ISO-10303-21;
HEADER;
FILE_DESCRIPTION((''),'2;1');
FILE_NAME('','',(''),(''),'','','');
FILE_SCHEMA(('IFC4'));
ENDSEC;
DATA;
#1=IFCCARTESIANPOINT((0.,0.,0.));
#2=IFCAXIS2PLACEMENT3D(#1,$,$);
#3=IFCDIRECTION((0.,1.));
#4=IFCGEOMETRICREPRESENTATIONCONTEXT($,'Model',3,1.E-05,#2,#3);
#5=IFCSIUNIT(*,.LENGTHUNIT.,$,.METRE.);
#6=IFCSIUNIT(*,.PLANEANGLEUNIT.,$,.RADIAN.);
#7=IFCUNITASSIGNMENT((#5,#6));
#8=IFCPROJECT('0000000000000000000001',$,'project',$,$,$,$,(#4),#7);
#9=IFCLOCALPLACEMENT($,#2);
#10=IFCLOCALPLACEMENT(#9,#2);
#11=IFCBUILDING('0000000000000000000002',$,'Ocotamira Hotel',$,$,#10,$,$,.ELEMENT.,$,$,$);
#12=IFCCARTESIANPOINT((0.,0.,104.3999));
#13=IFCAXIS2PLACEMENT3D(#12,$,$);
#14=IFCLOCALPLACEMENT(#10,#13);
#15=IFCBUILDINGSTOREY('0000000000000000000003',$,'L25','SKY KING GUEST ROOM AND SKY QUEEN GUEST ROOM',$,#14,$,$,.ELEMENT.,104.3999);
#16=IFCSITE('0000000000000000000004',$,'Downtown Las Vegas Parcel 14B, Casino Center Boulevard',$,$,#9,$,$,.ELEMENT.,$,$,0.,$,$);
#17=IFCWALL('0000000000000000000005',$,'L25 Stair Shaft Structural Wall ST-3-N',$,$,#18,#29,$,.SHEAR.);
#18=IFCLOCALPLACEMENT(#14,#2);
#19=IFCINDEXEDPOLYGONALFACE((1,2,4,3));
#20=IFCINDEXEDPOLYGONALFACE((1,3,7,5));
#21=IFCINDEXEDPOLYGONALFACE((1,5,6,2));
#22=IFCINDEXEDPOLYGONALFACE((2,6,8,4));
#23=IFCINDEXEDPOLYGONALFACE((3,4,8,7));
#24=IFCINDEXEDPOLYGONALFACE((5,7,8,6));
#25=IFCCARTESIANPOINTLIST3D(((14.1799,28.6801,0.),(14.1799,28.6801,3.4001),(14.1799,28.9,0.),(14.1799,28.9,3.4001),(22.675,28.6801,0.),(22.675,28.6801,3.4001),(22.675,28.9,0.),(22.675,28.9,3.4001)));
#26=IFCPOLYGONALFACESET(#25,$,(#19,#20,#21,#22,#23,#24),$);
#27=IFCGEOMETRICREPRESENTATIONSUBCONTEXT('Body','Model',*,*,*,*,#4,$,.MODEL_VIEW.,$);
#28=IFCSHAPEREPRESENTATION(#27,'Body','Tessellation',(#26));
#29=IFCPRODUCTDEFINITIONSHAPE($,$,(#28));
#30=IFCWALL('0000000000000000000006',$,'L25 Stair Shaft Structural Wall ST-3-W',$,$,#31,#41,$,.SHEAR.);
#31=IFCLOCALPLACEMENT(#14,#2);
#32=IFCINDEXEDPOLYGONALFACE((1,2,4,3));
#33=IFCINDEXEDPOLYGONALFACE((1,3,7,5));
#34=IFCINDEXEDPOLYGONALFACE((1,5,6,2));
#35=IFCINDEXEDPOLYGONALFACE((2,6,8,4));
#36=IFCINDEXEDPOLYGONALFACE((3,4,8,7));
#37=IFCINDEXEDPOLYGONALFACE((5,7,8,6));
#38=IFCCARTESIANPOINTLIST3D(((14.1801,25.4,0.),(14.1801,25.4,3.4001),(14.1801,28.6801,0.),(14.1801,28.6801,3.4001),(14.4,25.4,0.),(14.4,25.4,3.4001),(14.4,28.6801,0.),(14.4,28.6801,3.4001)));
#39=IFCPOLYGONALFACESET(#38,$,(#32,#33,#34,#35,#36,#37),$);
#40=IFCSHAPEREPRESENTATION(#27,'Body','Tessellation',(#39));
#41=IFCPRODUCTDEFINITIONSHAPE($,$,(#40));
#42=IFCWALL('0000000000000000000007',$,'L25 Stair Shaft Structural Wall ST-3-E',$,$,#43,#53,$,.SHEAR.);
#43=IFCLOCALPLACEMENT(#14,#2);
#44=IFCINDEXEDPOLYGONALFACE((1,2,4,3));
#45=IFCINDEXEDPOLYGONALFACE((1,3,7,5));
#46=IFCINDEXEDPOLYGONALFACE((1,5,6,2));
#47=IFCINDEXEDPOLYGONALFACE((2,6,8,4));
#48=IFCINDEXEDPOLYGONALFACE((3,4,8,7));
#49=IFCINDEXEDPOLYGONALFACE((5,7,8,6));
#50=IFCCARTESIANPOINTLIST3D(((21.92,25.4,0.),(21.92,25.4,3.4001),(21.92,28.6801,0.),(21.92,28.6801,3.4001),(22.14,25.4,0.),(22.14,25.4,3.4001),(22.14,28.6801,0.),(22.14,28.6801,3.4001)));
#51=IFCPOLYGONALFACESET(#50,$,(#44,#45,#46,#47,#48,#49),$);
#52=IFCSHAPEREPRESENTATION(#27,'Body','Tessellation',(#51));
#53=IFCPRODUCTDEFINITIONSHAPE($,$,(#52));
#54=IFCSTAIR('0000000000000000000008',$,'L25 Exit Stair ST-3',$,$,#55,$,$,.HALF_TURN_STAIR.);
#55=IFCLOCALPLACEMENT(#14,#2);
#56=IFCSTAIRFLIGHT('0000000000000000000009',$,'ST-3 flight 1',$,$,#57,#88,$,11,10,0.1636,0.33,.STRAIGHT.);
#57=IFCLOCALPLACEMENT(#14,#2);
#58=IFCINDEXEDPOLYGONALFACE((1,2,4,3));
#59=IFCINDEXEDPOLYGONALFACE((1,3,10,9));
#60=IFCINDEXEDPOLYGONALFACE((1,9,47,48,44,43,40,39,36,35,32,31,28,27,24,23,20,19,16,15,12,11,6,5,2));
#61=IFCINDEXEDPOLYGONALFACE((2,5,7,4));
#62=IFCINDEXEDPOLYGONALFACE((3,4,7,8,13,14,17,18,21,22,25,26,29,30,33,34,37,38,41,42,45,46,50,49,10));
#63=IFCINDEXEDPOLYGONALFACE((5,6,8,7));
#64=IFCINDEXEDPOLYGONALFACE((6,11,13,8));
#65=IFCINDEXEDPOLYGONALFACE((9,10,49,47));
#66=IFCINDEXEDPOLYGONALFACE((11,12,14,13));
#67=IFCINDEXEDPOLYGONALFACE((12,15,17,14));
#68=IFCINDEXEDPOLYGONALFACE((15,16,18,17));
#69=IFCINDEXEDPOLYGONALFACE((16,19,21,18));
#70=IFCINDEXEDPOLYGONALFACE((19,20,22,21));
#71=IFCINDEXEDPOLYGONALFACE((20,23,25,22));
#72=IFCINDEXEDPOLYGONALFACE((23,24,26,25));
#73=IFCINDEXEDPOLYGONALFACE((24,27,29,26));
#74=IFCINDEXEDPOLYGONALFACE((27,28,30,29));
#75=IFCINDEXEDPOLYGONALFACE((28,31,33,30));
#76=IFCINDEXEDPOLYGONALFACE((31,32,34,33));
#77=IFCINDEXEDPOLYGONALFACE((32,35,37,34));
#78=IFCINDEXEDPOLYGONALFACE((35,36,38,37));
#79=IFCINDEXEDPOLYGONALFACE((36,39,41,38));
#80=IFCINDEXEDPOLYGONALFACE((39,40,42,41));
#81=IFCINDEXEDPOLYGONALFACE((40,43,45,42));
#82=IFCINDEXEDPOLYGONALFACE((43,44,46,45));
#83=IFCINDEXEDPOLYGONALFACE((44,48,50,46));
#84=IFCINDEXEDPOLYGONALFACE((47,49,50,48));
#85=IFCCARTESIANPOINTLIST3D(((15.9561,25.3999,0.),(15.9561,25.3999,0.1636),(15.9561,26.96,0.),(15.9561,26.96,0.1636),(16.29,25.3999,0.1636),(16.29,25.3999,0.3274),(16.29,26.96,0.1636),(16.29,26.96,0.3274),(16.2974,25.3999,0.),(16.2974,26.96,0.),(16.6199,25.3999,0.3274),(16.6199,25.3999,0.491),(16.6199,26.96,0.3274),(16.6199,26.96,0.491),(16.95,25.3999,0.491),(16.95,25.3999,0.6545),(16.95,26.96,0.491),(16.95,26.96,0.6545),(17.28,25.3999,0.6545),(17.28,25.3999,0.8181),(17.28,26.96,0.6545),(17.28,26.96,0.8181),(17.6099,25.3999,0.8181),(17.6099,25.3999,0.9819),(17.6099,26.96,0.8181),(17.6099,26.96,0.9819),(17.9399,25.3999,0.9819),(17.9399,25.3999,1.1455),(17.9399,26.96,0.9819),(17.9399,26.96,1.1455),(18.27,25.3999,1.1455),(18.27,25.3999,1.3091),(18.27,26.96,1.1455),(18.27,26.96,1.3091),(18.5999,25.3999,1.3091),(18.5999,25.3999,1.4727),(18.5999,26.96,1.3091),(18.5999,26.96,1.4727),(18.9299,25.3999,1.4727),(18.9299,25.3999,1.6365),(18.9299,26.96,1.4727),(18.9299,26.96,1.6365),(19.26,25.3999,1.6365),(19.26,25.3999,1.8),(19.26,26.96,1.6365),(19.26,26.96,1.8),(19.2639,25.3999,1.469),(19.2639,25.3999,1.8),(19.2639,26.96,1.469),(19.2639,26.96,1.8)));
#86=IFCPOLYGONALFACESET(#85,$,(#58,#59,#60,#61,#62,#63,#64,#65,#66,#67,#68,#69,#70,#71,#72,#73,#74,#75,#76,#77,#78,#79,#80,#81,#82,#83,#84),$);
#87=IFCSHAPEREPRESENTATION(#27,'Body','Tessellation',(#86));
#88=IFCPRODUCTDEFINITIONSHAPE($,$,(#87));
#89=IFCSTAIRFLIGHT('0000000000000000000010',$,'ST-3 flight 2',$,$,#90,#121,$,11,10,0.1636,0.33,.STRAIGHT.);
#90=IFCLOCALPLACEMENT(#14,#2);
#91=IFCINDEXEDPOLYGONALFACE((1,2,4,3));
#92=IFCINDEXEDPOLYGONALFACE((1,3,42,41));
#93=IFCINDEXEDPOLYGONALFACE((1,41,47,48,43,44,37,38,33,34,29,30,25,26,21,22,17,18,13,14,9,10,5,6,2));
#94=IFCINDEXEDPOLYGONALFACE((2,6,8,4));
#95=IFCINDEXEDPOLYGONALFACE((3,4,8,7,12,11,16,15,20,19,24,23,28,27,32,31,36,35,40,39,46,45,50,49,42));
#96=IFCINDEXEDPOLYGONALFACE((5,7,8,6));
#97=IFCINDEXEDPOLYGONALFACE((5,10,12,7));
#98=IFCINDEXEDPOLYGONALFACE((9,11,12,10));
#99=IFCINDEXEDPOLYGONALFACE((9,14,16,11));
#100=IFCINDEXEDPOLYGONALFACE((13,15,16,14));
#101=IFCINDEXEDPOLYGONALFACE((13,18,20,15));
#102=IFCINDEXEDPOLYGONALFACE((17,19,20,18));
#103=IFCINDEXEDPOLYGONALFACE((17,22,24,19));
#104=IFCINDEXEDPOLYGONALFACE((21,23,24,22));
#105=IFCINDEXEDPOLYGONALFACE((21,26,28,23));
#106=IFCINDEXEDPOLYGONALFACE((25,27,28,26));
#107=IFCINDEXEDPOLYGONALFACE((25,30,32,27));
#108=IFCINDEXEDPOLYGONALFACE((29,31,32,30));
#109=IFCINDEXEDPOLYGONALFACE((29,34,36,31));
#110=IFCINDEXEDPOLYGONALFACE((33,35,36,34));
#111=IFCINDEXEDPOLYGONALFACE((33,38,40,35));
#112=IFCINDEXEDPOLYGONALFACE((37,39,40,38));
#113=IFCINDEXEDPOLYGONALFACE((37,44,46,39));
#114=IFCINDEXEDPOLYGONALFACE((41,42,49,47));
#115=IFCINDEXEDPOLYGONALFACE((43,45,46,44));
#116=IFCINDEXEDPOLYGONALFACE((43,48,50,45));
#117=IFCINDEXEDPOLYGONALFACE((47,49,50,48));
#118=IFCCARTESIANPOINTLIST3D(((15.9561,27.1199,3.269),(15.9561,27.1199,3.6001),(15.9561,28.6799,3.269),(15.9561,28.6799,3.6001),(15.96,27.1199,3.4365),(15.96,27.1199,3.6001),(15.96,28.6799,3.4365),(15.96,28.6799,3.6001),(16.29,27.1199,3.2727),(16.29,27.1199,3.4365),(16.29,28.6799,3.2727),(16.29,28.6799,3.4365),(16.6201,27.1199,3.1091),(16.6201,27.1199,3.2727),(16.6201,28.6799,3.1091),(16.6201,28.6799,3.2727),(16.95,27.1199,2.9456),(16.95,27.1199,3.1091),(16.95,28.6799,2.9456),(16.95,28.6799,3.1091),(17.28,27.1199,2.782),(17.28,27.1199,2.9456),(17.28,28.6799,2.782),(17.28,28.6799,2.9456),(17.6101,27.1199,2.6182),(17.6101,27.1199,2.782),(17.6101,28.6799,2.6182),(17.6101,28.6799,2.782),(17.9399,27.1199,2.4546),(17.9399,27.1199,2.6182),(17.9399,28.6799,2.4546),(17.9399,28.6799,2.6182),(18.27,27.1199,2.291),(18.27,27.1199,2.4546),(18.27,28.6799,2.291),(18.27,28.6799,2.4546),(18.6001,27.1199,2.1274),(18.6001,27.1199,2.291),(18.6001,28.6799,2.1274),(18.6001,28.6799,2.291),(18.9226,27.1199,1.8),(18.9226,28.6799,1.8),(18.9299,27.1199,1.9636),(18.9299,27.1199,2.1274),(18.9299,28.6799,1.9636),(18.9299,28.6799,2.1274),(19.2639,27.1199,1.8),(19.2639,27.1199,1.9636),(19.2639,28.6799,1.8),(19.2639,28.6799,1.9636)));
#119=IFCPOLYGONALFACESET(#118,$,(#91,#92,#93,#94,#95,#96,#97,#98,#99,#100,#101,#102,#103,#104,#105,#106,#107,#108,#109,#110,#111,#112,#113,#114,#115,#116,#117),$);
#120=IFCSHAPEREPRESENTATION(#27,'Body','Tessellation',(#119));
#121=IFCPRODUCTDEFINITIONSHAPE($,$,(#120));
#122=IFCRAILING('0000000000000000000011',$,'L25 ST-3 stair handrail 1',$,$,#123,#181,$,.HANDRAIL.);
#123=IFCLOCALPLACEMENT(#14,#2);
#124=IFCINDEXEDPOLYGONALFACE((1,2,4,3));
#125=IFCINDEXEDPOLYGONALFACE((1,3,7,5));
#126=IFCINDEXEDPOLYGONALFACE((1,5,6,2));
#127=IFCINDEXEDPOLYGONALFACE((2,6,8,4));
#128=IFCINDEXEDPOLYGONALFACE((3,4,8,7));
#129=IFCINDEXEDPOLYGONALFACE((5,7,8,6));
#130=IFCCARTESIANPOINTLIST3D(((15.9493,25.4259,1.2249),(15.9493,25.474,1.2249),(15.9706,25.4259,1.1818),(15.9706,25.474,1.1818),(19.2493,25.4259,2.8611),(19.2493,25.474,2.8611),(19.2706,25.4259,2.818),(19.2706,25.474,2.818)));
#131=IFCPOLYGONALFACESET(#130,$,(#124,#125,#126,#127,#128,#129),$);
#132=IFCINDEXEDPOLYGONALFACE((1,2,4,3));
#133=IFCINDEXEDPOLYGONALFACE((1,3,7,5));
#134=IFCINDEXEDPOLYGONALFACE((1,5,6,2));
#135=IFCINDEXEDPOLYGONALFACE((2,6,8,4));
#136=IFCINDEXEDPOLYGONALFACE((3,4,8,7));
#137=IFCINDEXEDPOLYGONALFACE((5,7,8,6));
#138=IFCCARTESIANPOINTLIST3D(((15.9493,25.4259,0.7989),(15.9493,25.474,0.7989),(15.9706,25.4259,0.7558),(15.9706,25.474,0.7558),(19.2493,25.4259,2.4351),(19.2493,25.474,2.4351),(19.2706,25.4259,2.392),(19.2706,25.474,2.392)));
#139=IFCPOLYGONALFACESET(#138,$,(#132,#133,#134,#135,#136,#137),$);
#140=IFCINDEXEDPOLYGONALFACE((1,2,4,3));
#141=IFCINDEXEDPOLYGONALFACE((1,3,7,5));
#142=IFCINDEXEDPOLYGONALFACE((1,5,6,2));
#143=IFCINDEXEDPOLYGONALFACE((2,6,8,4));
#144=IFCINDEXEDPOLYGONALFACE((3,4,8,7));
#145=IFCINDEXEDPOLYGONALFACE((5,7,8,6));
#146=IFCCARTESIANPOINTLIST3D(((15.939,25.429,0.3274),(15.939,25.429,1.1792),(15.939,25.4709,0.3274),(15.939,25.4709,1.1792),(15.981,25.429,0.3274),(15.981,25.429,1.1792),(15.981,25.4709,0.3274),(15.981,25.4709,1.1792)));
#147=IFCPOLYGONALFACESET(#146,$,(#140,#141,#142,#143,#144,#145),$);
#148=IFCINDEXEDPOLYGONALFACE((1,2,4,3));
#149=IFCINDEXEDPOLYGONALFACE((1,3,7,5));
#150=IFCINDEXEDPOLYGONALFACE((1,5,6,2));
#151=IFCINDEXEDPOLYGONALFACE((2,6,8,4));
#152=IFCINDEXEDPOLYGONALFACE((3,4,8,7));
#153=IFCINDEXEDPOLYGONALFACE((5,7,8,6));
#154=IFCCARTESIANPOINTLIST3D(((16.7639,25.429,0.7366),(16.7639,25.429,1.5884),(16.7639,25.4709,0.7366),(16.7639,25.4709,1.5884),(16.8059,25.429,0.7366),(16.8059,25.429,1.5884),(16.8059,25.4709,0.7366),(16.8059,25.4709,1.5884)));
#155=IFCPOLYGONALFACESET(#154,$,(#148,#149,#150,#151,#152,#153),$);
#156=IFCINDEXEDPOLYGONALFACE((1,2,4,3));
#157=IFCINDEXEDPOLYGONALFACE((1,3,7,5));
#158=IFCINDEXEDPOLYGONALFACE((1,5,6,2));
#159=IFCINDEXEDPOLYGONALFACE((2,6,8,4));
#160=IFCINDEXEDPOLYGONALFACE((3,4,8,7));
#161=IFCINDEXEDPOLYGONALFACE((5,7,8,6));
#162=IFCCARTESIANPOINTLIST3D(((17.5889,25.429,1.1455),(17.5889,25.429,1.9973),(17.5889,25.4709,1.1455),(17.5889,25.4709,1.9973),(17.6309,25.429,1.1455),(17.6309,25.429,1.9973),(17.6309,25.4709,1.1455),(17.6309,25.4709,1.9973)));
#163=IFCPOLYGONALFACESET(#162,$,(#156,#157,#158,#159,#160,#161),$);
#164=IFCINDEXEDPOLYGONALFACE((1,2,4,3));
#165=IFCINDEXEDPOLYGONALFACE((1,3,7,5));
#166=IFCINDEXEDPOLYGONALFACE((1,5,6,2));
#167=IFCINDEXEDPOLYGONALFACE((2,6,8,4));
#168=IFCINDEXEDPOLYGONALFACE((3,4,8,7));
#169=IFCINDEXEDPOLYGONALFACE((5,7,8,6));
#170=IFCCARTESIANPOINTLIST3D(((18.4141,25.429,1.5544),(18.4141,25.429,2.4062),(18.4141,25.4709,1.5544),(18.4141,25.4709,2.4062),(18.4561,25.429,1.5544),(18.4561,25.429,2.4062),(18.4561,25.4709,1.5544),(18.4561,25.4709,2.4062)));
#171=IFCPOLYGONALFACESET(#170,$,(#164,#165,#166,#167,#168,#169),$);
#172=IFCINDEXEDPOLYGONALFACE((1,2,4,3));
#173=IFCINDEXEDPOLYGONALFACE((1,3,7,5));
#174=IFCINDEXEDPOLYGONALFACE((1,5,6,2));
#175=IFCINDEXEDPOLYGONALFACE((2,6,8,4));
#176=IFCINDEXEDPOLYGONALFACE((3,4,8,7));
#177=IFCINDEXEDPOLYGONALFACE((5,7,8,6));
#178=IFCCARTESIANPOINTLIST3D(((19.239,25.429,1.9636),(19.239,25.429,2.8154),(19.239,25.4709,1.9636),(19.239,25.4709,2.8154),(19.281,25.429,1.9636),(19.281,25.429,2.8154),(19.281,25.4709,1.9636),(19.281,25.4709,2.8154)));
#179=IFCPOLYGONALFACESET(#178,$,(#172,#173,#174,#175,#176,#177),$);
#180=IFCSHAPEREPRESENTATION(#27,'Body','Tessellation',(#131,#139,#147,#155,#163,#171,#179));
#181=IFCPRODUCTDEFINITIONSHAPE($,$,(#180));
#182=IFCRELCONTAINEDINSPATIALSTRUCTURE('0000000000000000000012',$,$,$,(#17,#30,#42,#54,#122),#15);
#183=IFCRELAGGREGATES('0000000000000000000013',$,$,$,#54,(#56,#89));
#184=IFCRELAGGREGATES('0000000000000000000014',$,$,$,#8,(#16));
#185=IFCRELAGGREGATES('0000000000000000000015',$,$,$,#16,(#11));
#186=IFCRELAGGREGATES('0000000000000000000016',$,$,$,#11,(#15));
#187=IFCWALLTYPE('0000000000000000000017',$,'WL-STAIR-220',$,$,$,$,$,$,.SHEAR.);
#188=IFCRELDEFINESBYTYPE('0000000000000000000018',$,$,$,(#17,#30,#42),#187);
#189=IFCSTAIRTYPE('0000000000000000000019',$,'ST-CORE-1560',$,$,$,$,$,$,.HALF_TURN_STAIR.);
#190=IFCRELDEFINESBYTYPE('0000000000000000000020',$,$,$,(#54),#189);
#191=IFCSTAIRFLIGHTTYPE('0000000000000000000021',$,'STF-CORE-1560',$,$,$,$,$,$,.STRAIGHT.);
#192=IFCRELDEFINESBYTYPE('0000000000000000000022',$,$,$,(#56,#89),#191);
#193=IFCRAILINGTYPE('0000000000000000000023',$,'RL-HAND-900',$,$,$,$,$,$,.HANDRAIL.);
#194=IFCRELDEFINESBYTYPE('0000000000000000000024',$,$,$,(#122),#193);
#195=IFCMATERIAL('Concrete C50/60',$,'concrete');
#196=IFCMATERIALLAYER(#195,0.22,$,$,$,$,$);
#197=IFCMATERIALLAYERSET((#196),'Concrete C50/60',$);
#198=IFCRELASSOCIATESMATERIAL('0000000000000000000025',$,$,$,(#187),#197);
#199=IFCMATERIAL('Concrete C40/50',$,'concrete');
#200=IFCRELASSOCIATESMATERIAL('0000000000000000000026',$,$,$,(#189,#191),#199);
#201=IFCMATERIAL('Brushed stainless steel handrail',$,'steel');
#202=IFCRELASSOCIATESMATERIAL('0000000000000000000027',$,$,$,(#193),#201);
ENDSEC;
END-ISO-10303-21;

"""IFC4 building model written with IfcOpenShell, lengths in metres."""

from ifc_helpers import new_model, si_unit, direction, frame, frame_2d, origin, origin_2d, place, context, subcontext, project, spatial, polyline, rectangle, outline, extrude, source, transform, mapped, material, layer, layer_set, type_object, element, aggregate, save


model = new_model("IFC4")

# Units and contexts
model_context = context("Model", 3, precision=1e-05, world=origin(), true_north=direction((0.0, 1.0)))
body_context = subcontext(model_context, "Body", "Model", "MODEL_VIEW")
ifc_project = project(units=[si_unit("LENGTHUNIT", "METRE"), si_unit("PLANEANGLEUNIT", "RADIAN")], contexts=[model_context])

# Site, building, storey
site_placement = place(None, origin())
site = spatial("IfcSite", under=ifc_project, at=site_placement, Name="Downtown Las Vegas Parcel 14B, Casino Center Boulevard", CompositionType="ELEMENT", RefElevation=0.0)
building_placement = place(site_placement, origin())
building = spatial("IfcBuilding", under=site, at=building_placement, Name="Ocotamira Hotel", CompositionType="ELEMENT")
storey_placement = place(building_placement, frame((0.0, 0.0, 104.3999)))
storey = spatial("IfcBuildingStorey", under=building, at=storey_placement, Name="L25", Description="SKY KING GUEST ROOM AND SKY QUEEN GUEST ROOM", CompositionType="ELEMENT", Elevation=104.3999)

# Shared definitions
ifc_material_1 = material(Name="Concrete C50/60", Category="concrete")
ifc_layer_1 = layer(ifc_material_1, 0.22)
ifc_layer_set_1 = layer_set([ifc_layer_1], Name="Concrete C50/60")
wall_type_1 = type_object("IfcWallType", Name="WL-STAIR-220", PredefinedType="SHEAR", material=ifc_layer_set_1)

# Walls
wall_1_placement = place(storey_placement, frame((14.1799, 28.79, 0.0), z_axis=(0.0, 0.0, 1.0), x_axis=(1.0, 0.0, 0.0)))
element("IfcWall", 1, at=wall_1_placement, inside=storey, type_object=wall_type_1, Name="L25 Stair Shaft Structural Wall ST-3-N", PredefinedType="SHEAR", context=body_context, shape_type="SweptSolid", body=[
    extrude(rectangle(XDim=8.4951, YDim=0.22, at=frame_2d((4.2476, 0.0))), origin(), (0.0, 0.0, 1.0), 3.4001),
])
for number, where, z_axis, x_axis, name in (
    (2, (14.29, 25.3999, 0.0), (0.0, 0.0, 1.0), (0.0, 1.0, 0.0), "L25 Stair Shaft Structural Wall ST-3-W"),
    (3, (22.03, 25.3999, 0.0), (0.0, 0.0, 1.0), (0.0, 1.0, 0.0), "L25 Stair Shaft Structural Wall ST-3-E"),
):
    element("IfcWall", number, at=place(storey_placement, frame(where, z_axis=z_axis, x_axis=x_axis)), inside=storey, type_object=wall_type_1, Name=name, PredefinedType="SHEAR", context=body_context, shape_type="SweptSolid", body=[
        extrude(rectangle(XDim=3.28, YDim=0.22, at=frame_2d((1.6401, 0.0))), origin(), (0.0, 0.0, 1.0), 3.4001),
    ])

# Stair, stair flights
ifc_material_2 = material(Name="Concrete C40/50", Category="concrete")
stair_type = type_object("IfcStairType", Name="ST-CORE-1560", PredefinedType="HALF_TURN_STAIR", material=ifc_material_2)
stair_placement = place(storey_placement, origin())
stair = element("IfcStair", 4, at=stair_placement, inside=storey, type_object=stair_type, Name="L25 Exit Stair ST-3", PredefinedType="HALF_TURN_STAIR")
stair_flight_type = type_object("IfcStairFlightType", Name="STF-CORE-1560", PredefinedType="STRAIGHT", material=ifc_material_2)
shared_shape_1 = source(origin(), body_context, "Body", "SweptSolid", [
    extrude(outline(polyline([(-0.0039, 0.0), (-0.0039, 0.1636), (0.3301, 0.1636), (0.3301, 0.3274), (0.6599, 0.3274), (0.6599, 0.491), (0.99, 0.491), (0.99, 0.6545), (1.3201, 0.6545), (1.3201, 0.8181), (1.6499, 0.8181), (1.6499, 0.9819), (1.98, 0.9819), (1.98, 1.1455), (2.3101, 1.1455), (2.3101, 1.3091), (2.6399, 1.3091), (2.6399, 1.4727), (2.97, 1.4727), (2.97, 1.6365), (3.3, 1.6365), (3.3, 1.8), (3.304, 1.8), (3.304, 1.469), (0.3374, 0.0), (-0.0039, 0.0)])), frame((0.0, 0.78, 0.0), z_axis=(0.0, -1.0, 0.0), x_axis=(1.0, 0.0, 0.0)), (0.0, 0.0, 1.0), 1.5601),
])
stair_flight_1_placement = place(storey_placement, frame((15.96, 26.1799, 0.0), z_axis=(0.0, 0.0, 1.0), x_axis=(1.0, 0.0, 0.0)))
stair_flight_1 = element("IfcStairFlight", 5, at=stair_flight_1_placement, type_object=stair_flight_type, Name="ST-3 flight 1", NumberOfRisers=11, NumberOfTreads=10, PredefinedType="STRAIGHT", RiserHeight=0.1636, TreadLength=0.33, context=body_context, shape_type="MappedRepresentation", body=[
    mapped(shared_shape_1, transform((0.0, 0.0, 0.0), scale=1.0)),
])
stair_flight_2_placement = place(storey_placement, frame((19.26, 27.8999, 1.8), z_axis=(0.0, 0.0, 1.0), x_axis=(-1.0, 0.0, 0.0)))
stair_flight_2 = element("IfcStairFlight", 6, at=stair_flight_2_placement, type_object=stair_flight_type, Name="ST-3 flight 2", NumberOfRisers=11, NumberOfTreads=10, PredefinedType="STRAIGHT", RiserHeight=0.1636, TreadLength=0.33, context=body_context, shape_type="MappedRepresentation", body=[
    mapped(shared_shape_1, transform((0.0, 0.0, 0.0), scale=1.0)),
])
aggregate(stair, [stair_flight_1, stair_flight_2])

# Railing
ifc_material_3 = material(Name="Brushed stainless steel handrail", Category="steel")
railing_type_1 = type_object("IfcRailingType", Name="RL-HAND-900", PredefinedType="HANDRAIL", material=ifc_material_3)
railing_1_placement = place(storey_placement, frame((15.96, 25.45, 0.3274)))
element("IfcRailing", 7, at=railing_1_placement, inside=storey, type_object=railing_type_1, Name="L25 ST-3 stair handrail 1", PredefinedType="HANDRAIL", context=body_context, shape_type="SweptSolid", body=[
    extrude(rectangle(XDim=0.0481, YDim=0.0481, at=origin_2d()), frame((0.0, 0.0, 0.876), z_axis=(0.89592, 0.0, 0.444215), x_axis=(0.0, 1.0, 0.0)), (0.0, 0.0, 1.0), 3.6833),
    extrude(rectangle(XDim=0.0481, YDim=0.0481, at=origin_2d()), frame((0.0, 0.0, 0.45), z_axis=(0.89592, 0.0, 0.444215), x_axis=(0.0, 1.0, 0.0)), (0.0, 0.0, 1.0), 3.6833),
    extrude(rectangle(XDim=0.042, YDim=0.042, at=origin_2d()), origin(), (0.0, 0.0, 1.0), 0.8518),
    extrude(rectangle(XDim=0.042, YDim=0.042, at=origin_2d()), frame((0.825, 0.0, 0.4092)), (0.0, 0.0, 1.0), 0.8518),
    extrude(rectangle(XDim=0.042, YDim=0.042, at=origin_2d()), frame((1.6499, 0.0, 0.8181)), (0.0, 0.0, 1.0), 0.8518),
    extrude(rectangle(XDim=0.042, YDim=0.042, at=origin_2d()), frame((2.4751, 0.0, 1.2271)), (0.0, 0.0, 1.0), 0.8518),
    extrude(rectangle(XDim=0.042, YDim=0.042, at=origin_2d()), frame((3.3, 0.0, 1.6362)), (0.0, 0.0, 1.0), 0.8518),
])

save(model, "model.ifc")
